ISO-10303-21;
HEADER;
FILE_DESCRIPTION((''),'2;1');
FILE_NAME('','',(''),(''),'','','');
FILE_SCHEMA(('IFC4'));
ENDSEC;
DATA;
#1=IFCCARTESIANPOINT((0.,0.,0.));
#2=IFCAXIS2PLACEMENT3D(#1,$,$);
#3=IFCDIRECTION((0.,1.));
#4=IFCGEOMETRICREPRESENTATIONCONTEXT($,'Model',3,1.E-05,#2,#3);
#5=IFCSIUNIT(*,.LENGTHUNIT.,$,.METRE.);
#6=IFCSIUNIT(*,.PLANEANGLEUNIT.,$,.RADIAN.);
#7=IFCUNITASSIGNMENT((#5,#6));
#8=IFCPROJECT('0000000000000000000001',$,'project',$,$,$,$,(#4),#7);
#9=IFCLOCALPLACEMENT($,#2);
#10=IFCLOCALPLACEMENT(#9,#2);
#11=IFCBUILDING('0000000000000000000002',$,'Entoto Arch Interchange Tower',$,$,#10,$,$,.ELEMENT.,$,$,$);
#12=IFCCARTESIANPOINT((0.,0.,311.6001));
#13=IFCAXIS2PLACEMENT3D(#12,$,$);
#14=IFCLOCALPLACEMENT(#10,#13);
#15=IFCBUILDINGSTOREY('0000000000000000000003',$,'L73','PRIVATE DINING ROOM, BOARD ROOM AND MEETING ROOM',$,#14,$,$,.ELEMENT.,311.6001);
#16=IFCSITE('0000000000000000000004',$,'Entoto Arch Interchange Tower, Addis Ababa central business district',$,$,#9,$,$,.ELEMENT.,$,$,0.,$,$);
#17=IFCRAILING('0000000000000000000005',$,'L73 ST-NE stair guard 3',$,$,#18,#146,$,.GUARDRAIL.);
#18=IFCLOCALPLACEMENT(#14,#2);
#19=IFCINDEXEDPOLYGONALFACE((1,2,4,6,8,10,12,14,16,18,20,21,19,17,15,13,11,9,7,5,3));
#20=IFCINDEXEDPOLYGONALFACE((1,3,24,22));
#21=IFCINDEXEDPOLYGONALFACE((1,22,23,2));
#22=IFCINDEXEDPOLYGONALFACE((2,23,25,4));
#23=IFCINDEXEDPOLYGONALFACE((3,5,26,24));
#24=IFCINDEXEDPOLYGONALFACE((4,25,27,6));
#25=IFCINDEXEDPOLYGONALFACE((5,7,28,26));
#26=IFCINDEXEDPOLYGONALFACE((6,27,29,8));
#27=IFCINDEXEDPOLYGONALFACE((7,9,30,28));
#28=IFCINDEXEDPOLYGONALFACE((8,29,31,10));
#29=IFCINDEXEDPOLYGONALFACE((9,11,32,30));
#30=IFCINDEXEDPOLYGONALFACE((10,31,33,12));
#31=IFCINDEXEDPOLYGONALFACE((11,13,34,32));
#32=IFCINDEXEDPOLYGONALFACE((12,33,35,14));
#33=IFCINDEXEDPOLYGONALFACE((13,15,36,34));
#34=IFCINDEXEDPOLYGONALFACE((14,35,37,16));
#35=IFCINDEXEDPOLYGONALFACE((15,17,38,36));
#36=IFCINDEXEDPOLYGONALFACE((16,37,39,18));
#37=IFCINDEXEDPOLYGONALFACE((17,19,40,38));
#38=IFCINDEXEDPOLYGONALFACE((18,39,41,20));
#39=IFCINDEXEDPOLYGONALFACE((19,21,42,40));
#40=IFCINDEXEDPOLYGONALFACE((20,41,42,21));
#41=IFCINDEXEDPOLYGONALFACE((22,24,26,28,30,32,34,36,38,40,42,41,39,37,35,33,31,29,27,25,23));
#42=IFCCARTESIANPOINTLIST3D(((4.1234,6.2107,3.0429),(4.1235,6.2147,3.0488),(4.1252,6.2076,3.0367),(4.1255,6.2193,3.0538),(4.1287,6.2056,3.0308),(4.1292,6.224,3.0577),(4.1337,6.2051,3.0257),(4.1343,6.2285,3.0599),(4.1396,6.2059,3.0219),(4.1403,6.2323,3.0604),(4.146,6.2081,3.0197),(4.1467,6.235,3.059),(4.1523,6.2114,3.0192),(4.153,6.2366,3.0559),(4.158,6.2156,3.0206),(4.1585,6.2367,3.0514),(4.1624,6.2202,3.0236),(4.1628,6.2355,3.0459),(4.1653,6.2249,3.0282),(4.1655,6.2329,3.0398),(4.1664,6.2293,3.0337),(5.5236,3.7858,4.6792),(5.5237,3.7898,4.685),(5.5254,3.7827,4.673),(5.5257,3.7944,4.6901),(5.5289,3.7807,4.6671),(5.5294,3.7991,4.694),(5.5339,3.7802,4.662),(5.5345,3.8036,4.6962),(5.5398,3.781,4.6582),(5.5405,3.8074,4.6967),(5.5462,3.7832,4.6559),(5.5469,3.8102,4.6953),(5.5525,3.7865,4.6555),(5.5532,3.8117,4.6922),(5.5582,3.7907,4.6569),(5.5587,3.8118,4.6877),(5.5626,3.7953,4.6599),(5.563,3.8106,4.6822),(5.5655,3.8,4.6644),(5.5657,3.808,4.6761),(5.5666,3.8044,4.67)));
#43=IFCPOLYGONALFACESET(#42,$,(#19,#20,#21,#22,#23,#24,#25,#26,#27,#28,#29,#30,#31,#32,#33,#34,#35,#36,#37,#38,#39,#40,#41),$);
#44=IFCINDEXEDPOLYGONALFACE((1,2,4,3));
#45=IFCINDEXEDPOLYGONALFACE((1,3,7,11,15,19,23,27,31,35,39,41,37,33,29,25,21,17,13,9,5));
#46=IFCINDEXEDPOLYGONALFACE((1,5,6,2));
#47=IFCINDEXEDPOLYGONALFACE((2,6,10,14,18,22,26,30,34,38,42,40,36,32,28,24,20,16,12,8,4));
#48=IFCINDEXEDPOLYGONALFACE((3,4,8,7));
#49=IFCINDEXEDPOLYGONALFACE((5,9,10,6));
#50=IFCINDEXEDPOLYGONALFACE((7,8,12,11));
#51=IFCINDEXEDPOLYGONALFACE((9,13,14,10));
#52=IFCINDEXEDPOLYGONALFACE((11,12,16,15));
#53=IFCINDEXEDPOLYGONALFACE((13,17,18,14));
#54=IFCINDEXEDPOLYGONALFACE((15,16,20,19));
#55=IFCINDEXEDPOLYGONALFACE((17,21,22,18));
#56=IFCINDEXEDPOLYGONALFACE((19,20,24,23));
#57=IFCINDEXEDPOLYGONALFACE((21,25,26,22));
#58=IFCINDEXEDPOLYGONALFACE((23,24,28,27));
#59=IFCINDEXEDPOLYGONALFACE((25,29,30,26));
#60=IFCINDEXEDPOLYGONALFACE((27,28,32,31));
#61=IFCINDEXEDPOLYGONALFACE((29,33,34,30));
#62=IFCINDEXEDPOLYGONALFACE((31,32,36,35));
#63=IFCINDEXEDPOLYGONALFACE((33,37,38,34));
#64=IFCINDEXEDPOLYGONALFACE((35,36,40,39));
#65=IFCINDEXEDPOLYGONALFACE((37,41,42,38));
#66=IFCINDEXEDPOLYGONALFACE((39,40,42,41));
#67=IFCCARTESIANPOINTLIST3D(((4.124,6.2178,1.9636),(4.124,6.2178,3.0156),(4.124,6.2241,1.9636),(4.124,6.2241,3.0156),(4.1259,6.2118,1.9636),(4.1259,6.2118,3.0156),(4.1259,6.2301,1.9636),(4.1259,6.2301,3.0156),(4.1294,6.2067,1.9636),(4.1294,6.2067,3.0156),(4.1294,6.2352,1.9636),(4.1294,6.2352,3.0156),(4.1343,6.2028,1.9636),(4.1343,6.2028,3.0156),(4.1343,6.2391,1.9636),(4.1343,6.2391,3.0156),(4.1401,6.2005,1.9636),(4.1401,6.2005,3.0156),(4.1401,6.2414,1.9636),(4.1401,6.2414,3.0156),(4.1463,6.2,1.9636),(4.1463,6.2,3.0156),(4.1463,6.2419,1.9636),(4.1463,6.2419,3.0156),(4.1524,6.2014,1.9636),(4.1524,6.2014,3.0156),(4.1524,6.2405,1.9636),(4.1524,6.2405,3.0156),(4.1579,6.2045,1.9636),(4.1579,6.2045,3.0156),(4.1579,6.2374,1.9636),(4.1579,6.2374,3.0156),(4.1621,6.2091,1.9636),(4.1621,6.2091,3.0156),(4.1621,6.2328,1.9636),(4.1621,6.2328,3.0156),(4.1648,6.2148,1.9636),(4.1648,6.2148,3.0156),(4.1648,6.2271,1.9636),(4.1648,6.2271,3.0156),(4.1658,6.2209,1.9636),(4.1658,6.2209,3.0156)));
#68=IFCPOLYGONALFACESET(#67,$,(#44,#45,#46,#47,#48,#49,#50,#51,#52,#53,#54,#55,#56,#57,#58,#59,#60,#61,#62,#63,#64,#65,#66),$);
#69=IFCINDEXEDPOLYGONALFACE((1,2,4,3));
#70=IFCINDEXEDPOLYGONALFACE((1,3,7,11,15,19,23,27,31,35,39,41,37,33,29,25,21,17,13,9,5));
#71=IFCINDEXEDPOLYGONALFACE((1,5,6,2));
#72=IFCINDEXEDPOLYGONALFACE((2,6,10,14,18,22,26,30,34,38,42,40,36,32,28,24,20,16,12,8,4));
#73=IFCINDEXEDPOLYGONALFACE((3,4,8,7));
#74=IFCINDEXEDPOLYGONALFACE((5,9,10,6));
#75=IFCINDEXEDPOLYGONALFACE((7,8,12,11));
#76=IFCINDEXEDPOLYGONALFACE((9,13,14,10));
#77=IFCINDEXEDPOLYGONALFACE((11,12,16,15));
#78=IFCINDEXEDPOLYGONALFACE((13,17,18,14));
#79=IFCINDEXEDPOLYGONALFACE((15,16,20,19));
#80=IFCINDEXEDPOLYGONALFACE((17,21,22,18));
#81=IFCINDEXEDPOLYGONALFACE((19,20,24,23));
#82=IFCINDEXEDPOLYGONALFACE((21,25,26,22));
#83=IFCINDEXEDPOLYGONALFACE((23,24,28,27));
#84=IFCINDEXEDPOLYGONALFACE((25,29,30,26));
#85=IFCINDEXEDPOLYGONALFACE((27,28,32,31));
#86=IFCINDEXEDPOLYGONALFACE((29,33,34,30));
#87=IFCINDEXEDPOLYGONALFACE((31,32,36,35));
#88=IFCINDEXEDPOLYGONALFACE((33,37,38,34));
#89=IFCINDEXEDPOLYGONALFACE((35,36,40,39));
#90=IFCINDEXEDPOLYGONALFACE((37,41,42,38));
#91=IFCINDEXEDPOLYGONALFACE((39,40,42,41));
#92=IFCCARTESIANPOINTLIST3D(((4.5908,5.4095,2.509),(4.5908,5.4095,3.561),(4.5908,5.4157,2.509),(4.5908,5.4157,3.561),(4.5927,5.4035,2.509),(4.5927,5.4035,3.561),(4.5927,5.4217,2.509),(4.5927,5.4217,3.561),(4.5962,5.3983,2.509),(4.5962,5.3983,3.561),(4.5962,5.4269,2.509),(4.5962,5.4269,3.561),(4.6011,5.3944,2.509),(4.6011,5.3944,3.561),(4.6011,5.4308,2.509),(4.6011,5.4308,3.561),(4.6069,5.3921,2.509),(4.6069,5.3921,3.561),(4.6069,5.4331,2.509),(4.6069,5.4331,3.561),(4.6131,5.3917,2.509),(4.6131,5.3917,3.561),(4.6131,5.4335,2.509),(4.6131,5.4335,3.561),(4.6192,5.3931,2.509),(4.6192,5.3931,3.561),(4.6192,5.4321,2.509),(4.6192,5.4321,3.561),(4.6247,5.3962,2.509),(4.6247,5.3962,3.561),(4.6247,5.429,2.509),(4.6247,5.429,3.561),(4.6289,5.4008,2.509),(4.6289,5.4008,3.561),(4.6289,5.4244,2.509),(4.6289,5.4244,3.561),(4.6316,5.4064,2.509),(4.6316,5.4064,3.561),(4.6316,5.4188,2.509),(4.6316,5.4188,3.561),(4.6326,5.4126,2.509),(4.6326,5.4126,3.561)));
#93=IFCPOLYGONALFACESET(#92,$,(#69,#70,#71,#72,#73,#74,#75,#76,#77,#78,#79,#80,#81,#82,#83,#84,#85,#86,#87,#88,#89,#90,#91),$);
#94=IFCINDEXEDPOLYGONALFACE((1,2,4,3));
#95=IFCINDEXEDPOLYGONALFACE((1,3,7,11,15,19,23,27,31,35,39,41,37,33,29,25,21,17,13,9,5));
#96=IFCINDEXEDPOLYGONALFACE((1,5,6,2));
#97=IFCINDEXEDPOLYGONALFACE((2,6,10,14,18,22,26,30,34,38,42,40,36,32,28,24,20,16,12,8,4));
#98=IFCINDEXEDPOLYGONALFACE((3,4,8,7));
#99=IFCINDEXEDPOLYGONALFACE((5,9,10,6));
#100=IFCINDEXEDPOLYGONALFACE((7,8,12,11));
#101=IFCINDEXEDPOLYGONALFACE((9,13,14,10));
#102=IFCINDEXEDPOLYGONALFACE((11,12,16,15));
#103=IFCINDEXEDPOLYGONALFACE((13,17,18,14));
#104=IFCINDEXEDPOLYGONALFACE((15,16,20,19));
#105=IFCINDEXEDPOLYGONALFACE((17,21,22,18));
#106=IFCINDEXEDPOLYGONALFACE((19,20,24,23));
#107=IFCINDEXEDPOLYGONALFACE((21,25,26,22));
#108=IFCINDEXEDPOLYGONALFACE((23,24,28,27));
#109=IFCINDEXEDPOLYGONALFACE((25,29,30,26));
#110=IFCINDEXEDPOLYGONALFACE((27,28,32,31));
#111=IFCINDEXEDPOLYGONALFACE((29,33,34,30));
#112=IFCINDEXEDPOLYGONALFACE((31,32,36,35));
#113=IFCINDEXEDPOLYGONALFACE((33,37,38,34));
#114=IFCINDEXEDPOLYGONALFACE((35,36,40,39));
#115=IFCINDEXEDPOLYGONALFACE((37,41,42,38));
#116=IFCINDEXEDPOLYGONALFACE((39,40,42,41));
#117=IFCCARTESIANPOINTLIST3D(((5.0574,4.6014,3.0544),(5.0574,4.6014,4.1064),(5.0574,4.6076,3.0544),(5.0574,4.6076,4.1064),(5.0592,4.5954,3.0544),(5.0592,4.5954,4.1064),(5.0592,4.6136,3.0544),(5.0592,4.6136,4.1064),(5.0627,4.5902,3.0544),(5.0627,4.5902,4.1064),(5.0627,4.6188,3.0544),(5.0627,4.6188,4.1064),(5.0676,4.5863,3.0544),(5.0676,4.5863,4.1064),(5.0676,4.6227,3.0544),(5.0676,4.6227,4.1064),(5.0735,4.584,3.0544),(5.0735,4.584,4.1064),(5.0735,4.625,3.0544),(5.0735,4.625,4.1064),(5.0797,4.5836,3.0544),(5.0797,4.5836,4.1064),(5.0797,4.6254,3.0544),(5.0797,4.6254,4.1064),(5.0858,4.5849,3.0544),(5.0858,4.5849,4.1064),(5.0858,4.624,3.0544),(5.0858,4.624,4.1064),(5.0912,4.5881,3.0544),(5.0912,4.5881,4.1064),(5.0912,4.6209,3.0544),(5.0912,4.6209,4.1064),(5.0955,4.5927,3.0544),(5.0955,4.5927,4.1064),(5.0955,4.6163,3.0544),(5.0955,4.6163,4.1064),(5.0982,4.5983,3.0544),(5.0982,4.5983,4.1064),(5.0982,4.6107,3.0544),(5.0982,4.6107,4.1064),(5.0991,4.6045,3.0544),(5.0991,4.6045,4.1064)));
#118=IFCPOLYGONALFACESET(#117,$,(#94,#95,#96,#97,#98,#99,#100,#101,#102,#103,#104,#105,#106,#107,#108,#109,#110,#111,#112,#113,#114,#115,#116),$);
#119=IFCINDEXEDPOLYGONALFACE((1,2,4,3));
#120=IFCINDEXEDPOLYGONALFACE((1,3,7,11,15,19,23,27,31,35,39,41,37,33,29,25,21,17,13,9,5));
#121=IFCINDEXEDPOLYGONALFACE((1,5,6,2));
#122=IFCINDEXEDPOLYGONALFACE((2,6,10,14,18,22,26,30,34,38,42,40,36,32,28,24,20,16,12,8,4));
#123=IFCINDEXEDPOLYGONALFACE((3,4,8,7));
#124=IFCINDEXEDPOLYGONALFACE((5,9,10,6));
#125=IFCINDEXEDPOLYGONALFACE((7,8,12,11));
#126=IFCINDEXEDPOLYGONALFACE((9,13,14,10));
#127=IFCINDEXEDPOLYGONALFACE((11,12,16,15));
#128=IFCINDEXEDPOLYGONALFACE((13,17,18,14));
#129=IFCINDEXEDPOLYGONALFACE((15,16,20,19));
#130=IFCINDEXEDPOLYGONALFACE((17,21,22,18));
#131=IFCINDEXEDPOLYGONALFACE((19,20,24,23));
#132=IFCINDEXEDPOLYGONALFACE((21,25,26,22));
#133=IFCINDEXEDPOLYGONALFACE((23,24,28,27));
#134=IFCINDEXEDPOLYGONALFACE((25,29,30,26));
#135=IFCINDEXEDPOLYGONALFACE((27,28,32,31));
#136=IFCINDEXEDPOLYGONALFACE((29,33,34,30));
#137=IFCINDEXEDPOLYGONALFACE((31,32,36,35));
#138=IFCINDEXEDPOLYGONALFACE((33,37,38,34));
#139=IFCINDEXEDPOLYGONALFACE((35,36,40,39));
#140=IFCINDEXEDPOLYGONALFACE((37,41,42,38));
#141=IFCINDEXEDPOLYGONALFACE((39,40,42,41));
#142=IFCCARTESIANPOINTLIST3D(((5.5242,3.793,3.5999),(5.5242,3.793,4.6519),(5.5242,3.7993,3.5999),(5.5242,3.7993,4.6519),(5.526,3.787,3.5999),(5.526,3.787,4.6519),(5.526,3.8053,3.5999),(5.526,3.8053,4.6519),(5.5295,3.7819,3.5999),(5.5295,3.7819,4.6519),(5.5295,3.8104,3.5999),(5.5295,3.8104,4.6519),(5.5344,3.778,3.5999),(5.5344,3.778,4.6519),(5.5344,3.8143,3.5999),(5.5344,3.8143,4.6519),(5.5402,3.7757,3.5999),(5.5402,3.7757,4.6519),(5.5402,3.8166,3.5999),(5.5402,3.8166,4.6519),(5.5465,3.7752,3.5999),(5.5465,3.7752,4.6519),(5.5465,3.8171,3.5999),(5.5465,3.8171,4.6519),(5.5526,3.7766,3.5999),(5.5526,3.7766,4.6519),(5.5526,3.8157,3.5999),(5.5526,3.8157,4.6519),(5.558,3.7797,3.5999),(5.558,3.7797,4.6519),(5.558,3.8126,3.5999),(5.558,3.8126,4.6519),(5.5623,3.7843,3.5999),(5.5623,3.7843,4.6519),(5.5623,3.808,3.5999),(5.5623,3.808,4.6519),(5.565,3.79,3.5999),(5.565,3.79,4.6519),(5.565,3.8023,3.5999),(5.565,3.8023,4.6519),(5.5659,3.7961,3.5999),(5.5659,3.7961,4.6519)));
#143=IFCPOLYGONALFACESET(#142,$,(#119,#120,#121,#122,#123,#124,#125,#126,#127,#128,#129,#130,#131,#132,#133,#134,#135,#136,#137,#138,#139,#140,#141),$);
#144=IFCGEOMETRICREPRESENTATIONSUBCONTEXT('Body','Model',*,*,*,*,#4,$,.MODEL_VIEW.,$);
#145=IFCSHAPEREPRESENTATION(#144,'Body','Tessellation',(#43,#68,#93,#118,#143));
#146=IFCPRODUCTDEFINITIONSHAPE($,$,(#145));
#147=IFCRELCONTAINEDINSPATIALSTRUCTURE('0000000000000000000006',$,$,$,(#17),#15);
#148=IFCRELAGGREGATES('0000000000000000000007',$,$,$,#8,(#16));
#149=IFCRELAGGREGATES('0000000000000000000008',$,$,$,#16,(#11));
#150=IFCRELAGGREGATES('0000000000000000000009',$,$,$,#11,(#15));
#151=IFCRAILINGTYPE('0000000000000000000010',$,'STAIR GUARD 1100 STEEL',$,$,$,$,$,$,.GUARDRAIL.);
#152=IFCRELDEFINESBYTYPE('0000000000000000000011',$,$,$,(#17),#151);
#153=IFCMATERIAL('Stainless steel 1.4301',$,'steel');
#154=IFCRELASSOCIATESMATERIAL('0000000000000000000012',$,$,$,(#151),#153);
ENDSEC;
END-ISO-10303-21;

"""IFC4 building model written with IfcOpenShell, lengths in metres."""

from ifc_helpers import new_model, si_unit, direction, frame, origin, origin_2d, place, context, subcontext, project, spatial, circle, extrude, material, type_object, element, save


model = new_model("IFC4")

# Units and contexts
model_context = context("Model", 3, precision=1e-05, world=origin(), true_north=direction((0.0, 1.0)))
body_context = subcontext(model_context, "Body", "Model", "MODEL_VIEW")
ifc_project = project(units=[si_unit("LENGTHUNIT", "METRE"), si_unit("PLANEANGLEUNIT", "RADIAN")], contexts=[model_context])

# Site, building, storey
site_placement = place(None, origin())
site = spatial("IfcSite", under=ifc_project, at=site_placement, Name="Entoto Arch Interchange Tower, Addis Ababa central business district", CompositionType="ELEMENT", RefElevation=0.0)
building_placement = place(site_placement, origin())
building = spatial("IfcBuilding", under=site, at=building_placement, Name="Entoto Arch Interchange Tower", CompositionType="ELEMENT")
storey_placement = place(building_placement, frame((0.0, 0.0, 311.6001)))
storey = spatial("IfcBuildingStorey", under=building, at=storey_placement, Name="L73", Description="PRIVATE DINING ROOM, BOARD ROOM AND MEETING ROOM", CompositionType="ELEMENT", Elevation=311.6001)

# Railing
ifc_material_1 = material(Name="Stainless steel 1.4301", Category="steel")
railing_type = type_object("IfcRailingType", Name="STAIR GUARD 1100 STEEL", PredefinedType="GUARDRAIL", material=ifc_material_1)
railing_1_placement = place(storey_placement, frame((4.1448, 6.2209, 1.9636)))
element("IfcRailing", 1, at=railing_1_placement, inside=storey, type_object=railing_type, Name="L73 ST-NE stair guard 3", PredefinedType="GUARDRAIL", context=body_context, shape_type="SweptSolid", body=[
    extrude(circle(Radius=0.0239, at=origin_2d()), frame((0.0, 0.0, 1.0762), z_axis=(0.431738, -0.747694, 0.504535), x_axis=(0.865997, 0.50005, 0.0)), (0.0, 0.0, 1.0), 3.2432),
    extrude(circle(Radius=0.021, at=origin_2d()), origin(), (0.0, 0.0, 1.0), 1.052),
    extrude(circle(Radius=0.021, at=origin_2d()), frame((0.4668, -0.8083, 0.5454)), (0.0, 0.0, 1.0), 1.052),
    extrude(circle(Radius=0.021, at=origin_2d()), frame((0.9333, -1.6165, 1.0908)), (0.0, 0.0, 1.0), 1.052),
    extrude(circle(Radius=0.021, at=origin_2d()), frame((1.4001, -2.4248, 1.6362)), (0.0, 0.0, 1.0), 1.052),
])

save(model, "model.ifc")
